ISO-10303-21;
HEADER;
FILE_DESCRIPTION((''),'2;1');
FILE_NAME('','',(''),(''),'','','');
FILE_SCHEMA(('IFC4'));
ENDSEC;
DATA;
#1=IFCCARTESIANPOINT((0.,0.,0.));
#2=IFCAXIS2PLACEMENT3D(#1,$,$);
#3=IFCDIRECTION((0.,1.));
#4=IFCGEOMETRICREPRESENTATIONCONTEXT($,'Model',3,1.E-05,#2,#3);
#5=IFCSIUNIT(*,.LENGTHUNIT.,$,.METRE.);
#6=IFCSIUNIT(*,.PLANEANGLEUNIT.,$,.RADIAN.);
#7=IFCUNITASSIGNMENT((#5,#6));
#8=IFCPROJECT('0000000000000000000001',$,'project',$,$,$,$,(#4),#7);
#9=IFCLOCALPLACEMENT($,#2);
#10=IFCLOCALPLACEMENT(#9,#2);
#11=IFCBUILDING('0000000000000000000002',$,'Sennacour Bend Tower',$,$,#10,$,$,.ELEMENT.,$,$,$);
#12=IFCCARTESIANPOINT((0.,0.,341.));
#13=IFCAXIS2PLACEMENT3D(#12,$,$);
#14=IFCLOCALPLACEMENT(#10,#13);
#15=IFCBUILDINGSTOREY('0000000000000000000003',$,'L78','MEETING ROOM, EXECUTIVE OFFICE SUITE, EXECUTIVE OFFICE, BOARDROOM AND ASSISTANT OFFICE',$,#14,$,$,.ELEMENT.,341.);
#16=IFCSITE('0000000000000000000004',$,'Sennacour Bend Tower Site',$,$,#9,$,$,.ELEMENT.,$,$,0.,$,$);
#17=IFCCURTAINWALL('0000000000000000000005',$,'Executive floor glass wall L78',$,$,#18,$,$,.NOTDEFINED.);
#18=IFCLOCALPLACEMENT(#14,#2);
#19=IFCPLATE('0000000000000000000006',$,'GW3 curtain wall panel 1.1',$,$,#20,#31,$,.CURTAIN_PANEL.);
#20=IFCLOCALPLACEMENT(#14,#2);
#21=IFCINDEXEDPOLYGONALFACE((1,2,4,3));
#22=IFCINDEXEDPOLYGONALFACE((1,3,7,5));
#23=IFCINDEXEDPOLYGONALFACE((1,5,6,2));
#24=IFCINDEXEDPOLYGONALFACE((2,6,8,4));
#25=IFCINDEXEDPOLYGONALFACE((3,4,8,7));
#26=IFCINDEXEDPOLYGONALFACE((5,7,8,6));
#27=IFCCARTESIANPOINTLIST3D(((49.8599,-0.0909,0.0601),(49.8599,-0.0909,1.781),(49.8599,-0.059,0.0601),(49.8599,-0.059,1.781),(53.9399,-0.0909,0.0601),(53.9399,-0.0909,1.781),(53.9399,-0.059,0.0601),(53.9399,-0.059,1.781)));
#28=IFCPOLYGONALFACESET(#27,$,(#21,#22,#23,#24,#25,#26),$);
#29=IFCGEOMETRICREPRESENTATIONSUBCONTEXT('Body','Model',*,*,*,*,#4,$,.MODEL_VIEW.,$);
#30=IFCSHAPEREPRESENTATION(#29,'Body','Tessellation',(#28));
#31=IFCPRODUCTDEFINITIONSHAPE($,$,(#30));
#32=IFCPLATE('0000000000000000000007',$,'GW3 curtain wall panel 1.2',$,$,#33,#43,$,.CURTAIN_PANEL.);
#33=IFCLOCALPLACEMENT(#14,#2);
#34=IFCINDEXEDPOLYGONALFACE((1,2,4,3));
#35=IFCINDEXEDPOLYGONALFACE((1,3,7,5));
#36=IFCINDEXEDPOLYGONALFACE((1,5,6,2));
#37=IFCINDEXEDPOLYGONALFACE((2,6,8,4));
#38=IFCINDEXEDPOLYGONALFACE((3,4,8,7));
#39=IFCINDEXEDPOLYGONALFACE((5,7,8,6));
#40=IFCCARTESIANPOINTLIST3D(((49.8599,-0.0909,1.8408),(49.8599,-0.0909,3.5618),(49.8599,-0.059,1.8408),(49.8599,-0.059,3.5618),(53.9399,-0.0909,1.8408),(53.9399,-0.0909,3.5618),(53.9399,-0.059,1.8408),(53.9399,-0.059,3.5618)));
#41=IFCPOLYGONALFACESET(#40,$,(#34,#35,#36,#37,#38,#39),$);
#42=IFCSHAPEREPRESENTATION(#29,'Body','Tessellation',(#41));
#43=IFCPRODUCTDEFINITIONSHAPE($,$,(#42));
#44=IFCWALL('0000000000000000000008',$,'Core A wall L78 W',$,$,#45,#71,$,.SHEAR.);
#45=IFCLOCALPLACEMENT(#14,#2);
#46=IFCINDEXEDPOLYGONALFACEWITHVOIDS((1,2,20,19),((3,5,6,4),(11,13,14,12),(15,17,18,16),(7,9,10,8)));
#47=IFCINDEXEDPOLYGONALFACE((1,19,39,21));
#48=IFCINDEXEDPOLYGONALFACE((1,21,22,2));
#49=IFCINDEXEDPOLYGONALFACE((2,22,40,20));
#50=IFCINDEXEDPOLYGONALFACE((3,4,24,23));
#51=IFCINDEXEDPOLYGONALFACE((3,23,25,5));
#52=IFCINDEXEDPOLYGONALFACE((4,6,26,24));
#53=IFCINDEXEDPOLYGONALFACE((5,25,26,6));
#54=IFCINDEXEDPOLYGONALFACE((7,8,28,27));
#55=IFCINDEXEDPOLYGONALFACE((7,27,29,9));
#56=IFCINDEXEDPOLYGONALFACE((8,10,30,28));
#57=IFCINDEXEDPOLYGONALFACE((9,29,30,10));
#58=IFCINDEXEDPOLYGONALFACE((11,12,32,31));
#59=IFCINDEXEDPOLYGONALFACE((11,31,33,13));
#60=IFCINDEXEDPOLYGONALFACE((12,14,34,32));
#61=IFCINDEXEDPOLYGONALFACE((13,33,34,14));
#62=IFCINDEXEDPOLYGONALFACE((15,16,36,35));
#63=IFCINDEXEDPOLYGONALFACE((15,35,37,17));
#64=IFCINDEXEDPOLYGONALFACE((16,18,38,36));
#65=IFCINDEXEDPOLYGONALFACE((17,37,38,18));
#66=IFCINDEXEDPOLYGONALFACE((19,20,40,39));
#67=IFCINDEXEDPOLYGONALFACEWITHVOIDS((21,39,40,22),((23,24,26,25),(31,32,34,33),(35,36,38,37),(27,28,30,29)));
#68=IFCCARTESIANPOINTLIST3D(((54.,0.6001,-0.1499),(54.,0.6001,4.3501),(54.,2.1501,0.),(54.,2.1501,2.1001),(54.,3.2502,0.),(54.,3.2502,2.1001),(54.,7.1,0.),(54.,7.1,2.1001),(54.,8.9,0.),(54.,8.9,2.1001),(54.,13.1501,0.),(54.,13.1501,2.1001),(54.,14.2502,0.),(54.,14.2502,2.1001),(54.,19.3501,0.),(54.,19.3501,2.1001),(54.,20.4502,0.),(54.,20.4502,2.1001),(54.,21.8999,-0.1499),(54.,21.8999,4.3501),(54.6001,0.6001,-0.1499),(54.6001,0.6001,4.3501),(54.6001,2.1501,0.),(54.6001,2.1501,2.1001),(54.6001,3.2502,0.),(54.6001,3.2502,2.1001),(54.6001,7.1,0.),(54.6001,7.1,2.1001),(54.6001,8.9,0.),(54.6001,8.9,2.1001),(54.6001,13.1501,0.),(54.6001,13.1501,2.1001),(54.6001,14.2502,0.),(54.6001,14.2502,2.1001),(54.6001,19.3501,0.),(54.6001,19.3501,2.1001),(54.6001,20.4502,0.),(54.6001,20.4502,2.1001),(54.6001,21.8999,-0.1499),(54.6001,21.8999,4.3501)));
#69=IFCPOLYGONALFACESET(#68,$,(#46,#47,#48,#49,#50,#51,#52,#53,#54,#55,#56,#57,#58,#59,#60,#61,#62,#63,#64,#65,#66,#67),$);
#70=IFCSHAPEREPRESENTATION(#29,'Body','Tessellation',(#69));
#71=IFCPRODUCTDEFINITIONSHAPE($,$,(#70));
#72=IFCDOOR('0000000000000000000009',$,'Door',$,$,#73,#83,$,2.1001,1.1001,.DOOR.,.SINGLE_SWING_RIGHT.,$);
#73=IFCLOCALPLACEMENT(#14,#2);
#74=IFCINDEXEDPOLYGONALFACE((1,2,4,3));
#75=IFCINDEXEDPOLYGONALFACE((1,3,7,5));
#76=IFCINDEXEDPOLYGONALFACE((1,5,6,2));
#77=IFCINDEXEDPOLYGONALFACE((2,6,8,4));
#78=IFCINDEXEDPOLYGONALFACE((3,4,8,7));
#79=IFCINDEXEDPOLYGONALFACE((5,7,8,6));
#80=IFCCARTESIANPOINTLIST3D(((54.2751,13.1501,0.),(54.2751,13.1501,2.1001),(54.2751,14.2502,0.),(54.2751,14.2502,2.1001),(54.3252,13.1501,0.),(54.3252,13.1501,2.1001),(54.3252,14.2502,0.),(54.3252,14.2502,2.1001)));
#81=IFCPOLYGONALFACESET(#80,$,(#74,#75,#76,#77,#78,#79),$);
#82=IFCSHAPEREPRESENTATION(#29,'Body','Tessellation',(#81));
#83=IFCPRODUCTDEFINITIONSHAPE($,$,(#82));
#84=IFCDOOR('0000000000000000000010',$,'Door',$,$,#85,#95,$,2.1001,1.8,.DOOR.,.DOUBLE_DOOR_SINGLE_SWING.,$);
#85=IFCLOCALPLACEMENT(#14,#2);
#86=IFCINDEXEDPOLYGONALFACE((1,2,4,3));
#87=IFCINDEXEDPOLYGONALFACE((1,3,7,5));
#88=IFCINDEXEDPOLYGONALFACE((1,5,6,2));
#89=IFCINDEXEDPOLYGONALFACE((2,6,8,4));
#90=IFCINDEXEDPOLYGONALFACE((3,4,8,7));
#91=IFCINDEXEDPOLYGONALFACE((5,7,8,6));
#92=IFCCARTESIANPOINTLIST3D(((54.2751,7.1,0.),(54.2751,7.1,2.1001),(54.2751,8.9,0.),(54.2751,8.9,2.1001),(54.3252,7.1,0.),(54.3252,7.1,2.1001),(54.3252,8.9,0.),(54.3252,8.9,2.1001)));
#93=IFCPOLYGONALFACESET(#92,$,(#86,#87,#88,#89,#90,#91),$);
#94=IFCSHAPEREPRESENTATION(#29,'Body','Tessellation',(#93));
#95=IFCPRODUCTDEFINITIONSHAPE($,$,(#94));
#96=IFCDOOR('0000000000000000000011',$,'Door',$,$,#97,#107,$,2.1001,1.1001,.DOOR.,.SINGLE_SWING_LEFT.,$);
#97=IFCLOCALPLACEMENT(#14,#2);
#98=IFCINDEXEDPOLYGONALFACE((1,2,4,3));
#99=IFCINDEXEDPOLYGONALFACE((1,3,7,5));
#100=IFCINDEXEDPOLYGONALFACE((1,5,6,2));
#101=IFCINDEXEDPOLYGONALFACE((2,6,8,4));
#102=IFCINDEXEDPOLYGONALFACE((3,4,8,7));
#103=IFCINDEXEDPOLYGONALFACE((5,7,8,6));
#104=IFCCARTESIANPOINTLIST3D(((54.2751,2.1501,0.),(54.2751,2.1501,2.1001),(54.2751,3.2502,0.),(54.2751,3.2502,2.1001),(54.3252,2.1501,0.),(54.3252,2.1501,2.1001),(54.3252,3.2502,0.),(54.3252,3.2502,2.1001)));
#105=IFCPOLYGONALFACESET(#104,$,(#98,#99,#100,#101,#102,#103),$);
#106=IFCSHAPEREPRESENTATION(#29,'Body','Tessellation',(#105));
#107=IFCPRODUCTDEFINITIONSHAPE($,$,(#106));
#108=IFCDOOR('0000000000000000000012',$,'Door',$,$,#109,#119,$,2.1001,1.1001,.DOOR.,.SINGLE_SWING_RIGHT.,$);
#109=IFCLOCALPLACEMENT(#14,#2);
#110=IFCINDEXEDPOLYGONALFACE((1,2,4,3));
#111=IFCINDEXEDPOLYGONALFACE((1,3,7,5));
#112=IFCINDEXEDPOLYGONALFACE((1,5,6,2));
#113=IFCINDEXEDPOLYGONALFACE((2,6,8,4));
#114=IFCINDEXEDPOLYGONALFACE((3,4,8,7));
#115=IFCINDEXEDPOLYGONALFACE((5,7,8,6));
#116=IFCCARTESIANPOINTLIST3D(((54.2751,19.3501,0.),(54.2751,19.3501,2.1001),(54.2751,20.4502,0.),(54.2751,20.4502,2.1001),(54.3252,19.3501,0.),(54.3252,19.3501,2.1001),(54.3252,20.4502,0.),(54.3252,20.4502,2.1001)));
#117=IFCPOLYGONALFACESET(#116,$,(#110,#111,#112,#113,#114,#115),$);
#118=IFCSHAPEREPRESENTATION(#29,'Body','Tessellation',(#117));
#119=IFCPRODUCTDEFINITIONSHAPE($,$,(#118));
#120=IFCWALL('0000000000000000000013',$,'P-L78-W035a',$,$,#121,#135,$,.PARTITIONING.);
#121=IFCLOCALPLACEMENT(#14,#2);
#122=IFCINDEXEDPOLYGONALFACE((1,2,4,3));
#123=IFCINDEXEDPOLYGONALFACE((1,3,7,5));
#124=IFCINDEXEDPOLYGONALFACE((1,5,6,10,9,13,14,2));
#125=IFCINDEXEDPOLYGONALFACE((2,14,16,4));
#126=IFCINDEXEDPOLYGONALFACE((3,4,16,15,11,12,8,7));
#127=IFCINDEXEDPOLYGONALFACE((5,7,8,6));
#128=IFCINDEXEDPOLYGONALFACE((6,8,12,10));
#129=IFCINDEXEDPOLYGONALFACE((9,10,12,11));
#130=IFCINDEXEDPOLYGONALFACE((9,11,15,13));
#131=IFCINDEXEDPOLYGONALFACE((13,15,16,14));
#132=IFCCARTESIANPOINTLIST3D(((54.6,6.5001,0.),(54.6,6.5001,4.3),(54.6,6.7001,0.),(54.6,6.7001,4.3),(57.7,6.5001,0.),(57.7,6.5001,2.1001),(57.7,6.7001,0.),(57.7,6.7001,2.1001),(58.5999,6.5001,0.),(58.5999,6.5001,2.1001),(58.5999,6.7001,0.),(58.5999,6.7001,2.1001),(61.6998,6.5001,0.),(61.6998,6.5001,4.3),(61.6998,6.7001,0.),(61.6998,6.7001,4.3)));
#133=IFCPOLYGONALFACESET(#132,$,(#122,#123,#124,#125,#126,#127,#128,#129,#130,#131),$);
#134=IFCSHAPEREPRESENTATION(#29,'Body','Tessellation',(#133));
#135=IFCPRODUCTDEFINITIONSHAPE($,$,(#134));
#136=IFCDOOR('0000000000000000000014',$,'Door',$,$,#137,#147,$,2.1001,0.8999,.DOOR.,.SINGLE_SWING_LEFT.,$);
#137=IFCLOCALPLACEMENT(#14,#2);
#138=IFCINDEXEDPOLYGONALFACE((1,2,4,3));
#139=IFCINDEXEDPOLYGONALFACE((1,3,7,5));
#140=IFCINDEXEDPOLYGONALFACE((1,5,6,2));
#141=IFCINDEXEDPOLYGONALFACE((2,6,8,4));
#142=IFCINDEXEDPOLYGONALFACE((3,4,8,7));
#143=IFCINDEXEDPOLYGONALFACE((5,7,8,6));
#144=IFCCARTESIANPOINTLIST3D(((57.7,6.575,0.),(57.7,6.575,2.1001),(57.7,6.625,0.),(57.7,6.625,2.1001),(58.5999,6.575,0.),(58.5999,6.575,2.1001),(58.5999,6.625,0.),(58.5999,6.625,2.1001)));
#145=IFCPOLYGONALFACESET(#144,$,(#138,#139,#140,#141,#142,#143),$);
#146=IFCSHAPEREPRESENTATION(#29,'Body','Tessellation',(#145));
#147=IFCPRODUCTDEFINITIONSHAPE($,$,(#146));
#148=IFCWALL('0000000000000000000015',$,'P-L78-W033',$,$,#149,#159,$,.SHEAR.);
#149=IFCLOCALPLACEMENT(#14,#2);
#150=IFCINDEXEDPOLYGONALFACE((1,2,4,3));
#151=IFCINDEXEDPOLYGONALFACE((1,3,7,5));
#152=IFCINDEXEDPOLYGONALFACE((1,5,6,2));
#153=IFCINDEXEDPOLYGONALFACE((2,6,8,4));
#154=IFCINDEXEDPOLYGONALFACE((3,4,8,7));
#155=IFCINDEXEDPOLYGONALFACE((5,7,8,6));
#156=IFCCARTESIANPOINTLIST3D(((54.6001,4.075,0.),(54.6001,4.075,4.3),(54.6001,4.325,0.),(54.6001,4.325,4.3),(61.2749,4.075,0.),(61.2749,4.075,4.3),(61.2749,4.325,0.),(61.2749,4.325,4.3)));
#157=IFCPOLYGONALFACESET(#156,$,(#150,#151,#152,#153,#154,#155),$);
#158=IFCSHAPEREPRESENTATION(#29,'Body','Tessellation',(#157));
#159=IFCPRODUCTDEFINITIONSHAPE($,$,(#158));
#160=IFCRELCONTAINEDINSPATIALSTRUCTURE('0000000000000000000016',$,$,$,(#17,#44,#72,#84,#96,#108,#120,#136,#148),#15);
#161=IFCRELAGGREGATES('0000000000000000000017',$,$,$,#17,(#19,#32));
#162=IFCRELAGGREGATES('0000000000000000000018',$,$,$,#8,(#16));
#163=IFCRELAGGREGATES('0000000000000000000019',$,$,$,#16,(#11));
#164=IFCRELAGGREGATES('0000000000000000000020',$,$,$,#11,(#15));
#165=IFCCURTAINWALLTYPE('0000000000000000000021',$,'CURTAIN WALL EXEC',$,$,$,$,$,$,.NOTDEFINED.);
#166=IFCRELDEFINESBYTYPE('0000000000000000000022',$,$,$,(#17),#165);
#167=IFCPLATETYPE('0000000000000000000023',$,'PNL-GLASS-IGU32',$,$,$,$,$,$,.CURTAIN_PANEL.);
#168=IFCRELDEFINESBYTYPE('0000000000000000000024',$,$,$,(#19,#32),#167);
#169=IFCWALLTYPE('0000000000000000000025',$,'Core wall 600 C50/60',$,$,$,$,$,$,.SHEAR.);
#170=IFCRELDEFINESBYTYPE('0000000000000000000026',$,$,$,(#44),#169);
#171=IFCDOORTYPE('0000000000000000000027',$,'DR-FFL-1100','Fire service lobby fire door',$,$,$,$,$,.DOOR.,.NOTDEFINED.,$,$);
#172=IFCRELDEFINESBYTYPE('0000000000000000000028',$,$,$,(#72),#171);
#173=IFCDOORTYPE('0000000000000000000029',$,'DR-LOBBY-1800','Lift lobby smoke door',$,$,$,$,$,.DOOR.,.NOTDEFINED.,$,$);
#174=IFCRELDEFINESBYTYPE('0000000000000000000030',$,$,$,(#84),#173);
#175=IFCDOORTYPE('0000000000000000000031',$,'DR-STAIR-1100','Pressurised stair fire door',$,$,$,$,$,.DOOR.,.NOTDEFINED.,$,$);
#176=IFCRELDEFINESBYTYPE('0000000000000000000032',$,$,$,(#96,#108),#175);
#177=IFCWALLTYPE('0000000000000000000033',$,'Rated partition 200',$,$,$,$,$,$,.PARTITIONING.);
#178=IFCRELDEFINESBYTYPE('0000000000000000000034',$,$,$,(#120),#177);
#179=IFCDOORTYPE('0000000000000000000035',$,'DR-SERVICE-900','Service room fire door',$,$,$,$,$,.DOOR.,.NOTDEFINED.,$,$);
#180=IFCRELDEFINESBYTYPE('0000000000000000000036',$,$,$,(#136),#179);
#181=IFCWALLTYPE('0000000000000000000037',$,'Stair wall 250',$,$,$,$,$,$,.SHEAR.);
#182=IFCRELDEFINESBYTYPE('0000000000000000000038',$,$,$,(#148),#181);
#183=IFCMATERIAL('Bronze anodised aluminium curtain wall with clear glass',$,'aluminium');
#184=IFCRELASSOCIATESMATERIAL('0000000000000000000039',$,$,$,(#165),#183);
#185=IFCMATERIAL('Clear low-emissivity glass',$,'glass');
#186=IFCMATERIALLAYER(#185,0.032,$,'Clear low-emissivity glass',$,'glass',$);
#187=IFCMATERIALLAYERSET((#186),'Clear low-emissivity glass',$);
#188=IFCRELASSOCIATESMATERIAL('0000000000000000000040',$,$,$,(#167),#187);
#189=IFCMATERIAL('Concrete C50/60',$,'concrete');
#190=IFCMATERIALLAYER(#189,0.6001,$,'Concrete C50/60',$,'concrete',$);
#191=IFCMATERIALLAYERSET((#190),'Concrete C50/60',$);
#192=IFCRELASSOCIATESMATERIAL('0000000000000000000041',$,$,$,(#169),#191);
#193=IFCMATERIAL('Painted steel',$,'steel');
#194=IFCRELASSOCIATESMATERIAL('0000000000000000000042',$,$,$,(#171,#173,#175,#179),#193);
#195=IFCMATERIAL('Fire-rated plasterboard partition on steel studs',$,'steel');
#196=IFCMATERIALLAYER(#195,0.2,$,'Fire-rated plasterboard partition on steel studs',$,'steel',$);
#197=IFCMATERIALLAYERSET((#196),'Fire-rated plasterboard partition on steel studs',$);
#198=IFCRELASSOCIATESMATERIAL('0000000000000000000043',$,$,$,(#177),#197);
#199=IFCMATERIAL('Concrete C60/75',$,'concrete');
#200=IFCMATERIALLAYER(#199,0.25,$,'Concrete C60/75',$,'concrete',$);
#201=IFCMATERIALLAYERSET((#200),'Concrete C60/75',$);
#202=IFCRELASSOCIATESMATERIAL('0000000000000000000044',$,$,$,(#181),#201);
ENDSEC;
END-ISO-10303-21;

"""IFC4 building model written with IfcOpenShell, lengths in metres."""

from ifc_helpers import new_model, si_unit, direction, frame, frame_2d, origin, origin_2d, place, context, subcontext, project, spatial, rectangle, extrude, material, layer, layer_set, type_object, element, fill, aggregate, save


model = new_model("IFC4")

# Units and contexts
model_context = context("Model", 3, precision=1e-05, world=origin(), true_north=direction((0.0, 1.0)))
body_context = subcontext(model_context, "Body", "Model", "MODEL_VIEW")
ifc_project = project(units=[si_unit("LENGTHUNIT", "METRE"), si_unit("PLANEANGLEUNIT", "RADIAN")], contexts=[model_context])

# Site, building, storey
site_placement = place(None, origin())
site = spatial("IfcSite", under=ifc_project, at=site_placement, Name="Sennacour Bend Tower Site", CompositionType="ELEMENT", RefElevation=0.0)
building_placement = place(site_placement, origin())
building = spatial("IfcBuilding", under=site, at=building_placement, Name="Sennacour Bend Tower", CompositionType="ELEMENT")
storey_placement = place(building_placement, frame((0.0, 0.0, 341.0)))
storey = spatial("IfcBuildingStorey", under=building, at=storey_placement, Name="L78", Description="MEETING ROOM, EXECUTIVE OFFICE SUITE, EXECUTIVE OFFICE, BOARDROOM AND ASSISTANT OFFICE", CompositionType="ELEMENT", Elevation=341.0)

# Curtain wall
ifc_material_1 = material(Name="Bronze anodised aluminium curtain wall with clear glass", Category="aluminium")
curtain_wall_type = type_object("IfcCurtainWallType", Name="CURTAIN WALL EXEC", PredefinedType="NOTDEFINED", material=ifc_material_1)
curtain_wall_placement = place(storey_placement, origin())
curtain_wall = element("IfcCurtainWall", 1, at=curtain_wall_placement, inside=storey, type_object=curtain_wall_type, Name="Executive floor glass wall L78", PredefinedType="NOTDEFINED")

# Plates
ifc_material_2 = material(Name="Clear low-emissivity glass", Category="glass")
ifc_layer_1 = layer(ifc_material_2, 0.032, Name="Clear low-emissivity glass", Category="glass")
ifc_layer_set_1 = layer_set([ifc_layer_1], Name="Clear low-emissivity glass")
plate_type_1 = type_object("IfcPlateType", Name="PNL-GLASS-IGU32", PredefinedType="CURTAIN_PANEL", material=ifc_layer_set_1)
plate_1_placement = place(storey_placement, frame((51.8999, -0.075, 0.0601), z_axis=(0.0, 0.0, 1.0), x_axis=(1.0, 0.0, 0.0)))
plate_1 = element("IfcPlate", 2, at=plate_1_placement, type_object=plate_type_1, Name="GW3 curtain wall panel 1.1", PredefinedType="CURTAIN_PANEL", context=body_context, shape_type="SweptSolid", body=[
    extrude(rectangle(XDim=4.0801, YDim=0.032, at=origin_2d()), origin(), (0.0, 0.0, 1.0), 1.7209),
])
plate_2_placement = place(storey_placement, frame((51.8999, -0.075, 1.8408), z_axis=(0.0, 0.0, 1.0), x_axis=(1.0, 0.0, 0.0)))
plate_2 = element("IfcPlate", 3, at=plate_2_placement, type_object=plate_type_1, Name="GW3 curtain wall panel 1.2", PredefinedType="CURTAIN_PANEL", context=body_context, shape_type="SweptSolid", body=[
    extrude(rectangle(XDim=4.0801, YDim=0.032, at=origin_2d()), origin(), (0.0, 0.0, 1.0), 1.7209),
])
aggregate(curtain_wall, [plate_1, plate_2])

# Wall, openings, doors
ifc_material_3 = material(Name="Concrete C50/60", Category="concrete")
ifc_layer_2 = layer(ifc_material_3, 0.6001, Name="Concrete C50/60", Category="concrete")
ifc_layer_set_2 = layer_set([ifc_layer_2], Name="Concrete C50/60")
wall_type_1 = type_object("IfcWallType", Name="Core wall 600 C50/60", PredefinedType="SHEAR", material=ifc_layer_set_2)
wall_1_placement = place(storey_placement, frame((54.3, 0.6001, -0.1499), z_axis=(0.0, 0.0, 1.0), x_axis=(0.0, 1.0, 0.0)))
wall_1 = element("IfcWall", 4, at=wall_1_placement, inside=storey, type_object=wall_type_1, Name="Core A wall L78 W", PredefinedType="SHEAR", context=body_context, shape_type="SweptSolid", body=[
    extrude(rectangle(XDim=21.2998, YDim=0.6001, at=frame_2d((10.6499, 0.0))), origin(), (0.0, 0.0, 1.0), 4.5),
])
opening_1_placement = place(wall_1_placement, frame((6.5, 0.0, 0.1499)))
opening_1 = element("IfcOpeningElement", 5, at=opening_1_placement, cuts=wall_1, PredefinedType="OPENING", context=body_context, shape_type="SweptSolid", body=[
    extrude(rectangle(XDim=1.8, YDim=2.1001, at=frame_2d((0.8999, 1.05))), frame((0.0, 0.3101, 0.0), z_axis=(0.0, -1.0, 0.0), x_axis=(1.0, 0.0, 0.0)), (0.0, 0.0, 1.0), 0.6201),
])
opening_2_placement = place(wall_1_placement, frame((12.55, 0.0, 0.1499)))
opening_2 = element("IfcOpeningElement", 6, at=opening_2_placement, cuts=wall_1, PredefinedType="OPENING", context=body_context, shape_type="SweptSolid", body=[
    extrude(rectangle(XDim=1.1001, YDim=2.1001, at=frame_2d((0.55, 1.05))), frame((0.0, 0.3101, 0.0), z_axis=(0.0, -1.0, 0.0), x_axis=(1.0, 0.0, 0.0)), (0.0, 0.0, 1.0), 0.6201),
])
opening_3_placement = place(wall_1_placement, frame((1.55, 0.0, 0.1499)))
opening_3 = element("IfcOpeningElement", 7, at=opening_3_placement, cuts=wall_1, PredefinedType="OPENING", context=body_context, shape_type="SweptSolid", body=[
    extrude(rectangle(XDim=1.1001, YDim=2.1001, at=frame_2d((0.55, 1.05))), frame((0.0, 0.3101, 0.0), z_axis=(0.0, -1.0, 0.0), x_axis=(1.0, 0.0, 0.0)), (0.0, 0.0, 1.0), 0.6201),
])
opening_4_placement = place(wall_1_placement, frame((18.75, 0.0, 0.1499)))
opening_4 = element("IfcOpeningElement", 8, at=opening_4_placement, cuts=wall_1, PredefinedType="OPENING", context=body_context, shape_type="SweptSolid", body=[
    extrude(rectangle(XDim=1.1001, YDim=2.1001, at=frame_2d((0.55, 1.05))), frame((0.0, 0.3101, 0.0), z_axis=(0.0, -1.0, 0.0), x_axis=(1.0, 0.0, 0.0)), (0.0, 0.0, 1.0), 0.6201),
])
ifc_material_4 = material(Name="Painted steel", Category="steel")
door_type_1 = type_object("IfcDoorType", Name="DR-FFL-1100", Description="Fire service lobby fire door", OperationType="NOTDEFINED", PredefinedType="DOOR", material=ifc_material_4)
door_1_placement = place(opening_2_placement, origin())
door_1 = element("IfcDoor", 9, at=door_1_placement, inside=storey, type_object=door_type_1, Name="Door", OperationType="SINGLE_SWING_RIGHT", OverallHeight=2.1001, OverallWidth=1.1001, PredefinedType="DOOR", context=body_context, shape_type="SweptSolid", body=[
    extrude(rectangle(XDim=1.1001, YDim=2.1001, at=frame_2d((0.55, 1.05))), frame((0.0, 0.0249, 0.0), z_axis=(0.0, -1.0, 0.0), x_axis=(1.0, 0.0, 0.0)), (0.0, 0.0, 1.0), 0.05),
])
fill(opening_2, door_1)
door_type_2 = type_object("IfcDoorType", Name="DR-LOBBY-1800", Description="Lift lobby smoke door", OperationType="NOTDEFINED", PredefinedType="DOOR", material=ifc_material_4)
door_2_placement = place(opening_1_placement, origin())
door_2 = element("IfcDoor", 10, at=door_2_placement, inside=storey, type_object=door_type_2, Name="Door", OperationType="DOUBLE_DOOR_SINGLE_SWING", OverallHeight=2.1001, OverallWidth=1.8, PredefinedType="DOOR", context=body_context, shape_type="SweptSolid", body=[
    extrude(rectangle(XDim=1.8, YDim=2.1001, at=frame_2d((0.8999, 1.05))), frame((0.0, 0.0249, 0.0), z_axis=(0.0, -1.0, 0.0), x_axis=(1.0, 0.0, 0.0)), (0.0, 0.0, 1.0), 0.05),
])
fill(opening_1, door_2)
door_type_3 = type_object("IfcDoorType", Name="DR-STAIR-1100", Description="Pressurised stair fire door", OperationType="NOTDEFINED", PredefinedType="DOOR", material=ifc_material_4)
door_3_placement = place(opening_3_placement, origin())
door_3 = element("IfcDoor", 11, at=door_3_placement, inside=storey, type_object=door_type_3, Name="Door", OperationType="SINGLE_SWING_LEFT", OverallHeight=2.1001, OverallWidth=1.1001, PredefinedType="DOOR", context=body_context, shape_type="SweptSolid", body=[
    extrude(rectangle(XDim=1.1001, YDim=2.1001, at=frame_2d((0.55, 1.05))), frame((0.0, 0.0249, 0.0), z_axis=(0.0, -1.0, 0.0), x_axis=(1.0, 0.0, 0.0)), (0.0, 0.0, 1.0), 0.05),
])
fill(opening_3, door_3)
door_4_placement = place(opening_4_placement, origin())
door_4 = element("IfcDoor", 12, at=door_4_placement, inside=storey, type_object=door_type_3, Name="Door", OperationType="SINGLE_SWING_RIGHT", OverallHeight=2.1001, OverallWidth=1.1001, PredefinedType="DOOR", context=body_context, shape_type="SweptSolid", body=[
    extrude(rectangle(XDim=1.1001, YDim=2.1001, at=frame_2d((0.55, 1.05))), frame((0.0, 0.0249, 0.0), z_axis=(0.0, -1.0, 0.0), x_axis=(1.0, 0.0, 0.0)), (0.0, 0.0, 1.0), 0.05),
])
fill(opening_4, door_4)

# Wall, opening, door
ifc_material_5 = material(Name="Fire-rated plasterboard partition on steel studs", Category="steel")
ifc_layer_3 = layer(ifc_material_5, 0.2, Name="Fire-rated plasterboard partition on steel studs", Category="steel")
ifc_layer_set_3 = layer_set([ifc_layer_3], Name="Fire-rated plasterboard partition on steel studs")
wall_type_2 = type_object("IfcWallType", Name="Rated partition 200", PredefinedType="PARTITIONING", material=ifc_layer_set_3)
wall_2_placement = place(storey_placement, frame((54.6001, 6.6001, 0.0), z_axis=(0.0, 0.0, 1.0), x_axis=(1.0, 0.0, 0.0)))
wall_2 = element("IfcWall", 13, at=wall_2_placement, inside=storey, type_object=wall_type_2, Name="P-L78-W035a", PredefinedType="PARTITIONING", context=body_context, shape_type="SweptSolid", body=[
    extrude(rectangle(XDim=7.0999, YDim=0.2, at=frame_2d((3.5498, 0.0))), origin(), (0.0, 0.0, 1.0), 4.3),
])
opening_5_placement = place(wall_2_placement, frame((3.0999, 0.0, 0.0)))
opening_5 = element("IfcOpeningElement", 14, at=opening_5_placement, cuts=wall_2, PredefinedType="OPENING", context=body_context, shape_type="SweptSolid", body=[
    extrude(rectangle(XDim=0.8999, YDim=2.1001, at=frame_2d((0.45, 1.05))), frame((0.0, 0.1099, 0.0), z_axis=(0.0, -1.0, 0.0), x_axis=(1.0, 0.0, 0.0)), (0.0, 0.0, 1.0), 0.22),
])
door_type_4 = type_object("IfcDoorType", Name="DR-SERVICE-900", Description="Service room fire door", OperationType="NOTDEFINED", PredefinedType="DOOR", material=ifc_material_4)
door_5_placement = place(opening_5_placement, origin())
door_5 = element("IfcDoor", 15, at=door_5_placement, inside=storey, type_object=door_type_4, Name="Door", OperationType="SINGLE_SWING_LEFT", OverallHeight=2.1001, OverallWidth=0.8999, PredefinedType="DOOR", context=body_context, shape_type="SweptSolid", body=[
    extrude(rectangle(XDim=0.8999, YDim=2.1001, at=frame_2d((0.45, 1.05))), frame((0.0, 0.0249, 0.0), z_axis=(0.0, -1.0, 0.0), x_axis=(1.0, 0.0, 0.0)), (0.0, 0.0, 1.0), 0.05),
])
fill(opening_5, door_5)

# Wall
ifc_material_6 = material(Name="Concrete C60/75", Category="concrete")
ifc_layer_4 = layer(ifc_material_6, 0.25, Name="Concrete C60/75", Category="concrete")
ifc_layer_set_4 = layer_set([ifc_layer_4], Name="Concrete C60/75")
wall_type_3 = type_object("IfcWallType", Name="Stair wall 250", PredefinedType="SHEAR", material=ifc_layer_set_4)
wall_3_placement = place(storey_placement, frame((54.6001, 4.2, 0.0), z_axis=(0.0, 0.0, 1.0), x_axis=(1.0, 0.0, 0.0)))
element("IfcWall", 16, at=wall_3_placement, inside=storey, type_object=wall_type_3, Name="P-L78-W033", PredefinedType="SHEAR", context=body_context, shape_type="SweptSolid", body=[
    extrude(rectangle(XDim=6.6748, YDim=0.25, at=frame_2d((3.3374, 0.0))), origin(), (0.0, 0.0, 1.0), 4.3),
])

save(model, "model.ifc")
